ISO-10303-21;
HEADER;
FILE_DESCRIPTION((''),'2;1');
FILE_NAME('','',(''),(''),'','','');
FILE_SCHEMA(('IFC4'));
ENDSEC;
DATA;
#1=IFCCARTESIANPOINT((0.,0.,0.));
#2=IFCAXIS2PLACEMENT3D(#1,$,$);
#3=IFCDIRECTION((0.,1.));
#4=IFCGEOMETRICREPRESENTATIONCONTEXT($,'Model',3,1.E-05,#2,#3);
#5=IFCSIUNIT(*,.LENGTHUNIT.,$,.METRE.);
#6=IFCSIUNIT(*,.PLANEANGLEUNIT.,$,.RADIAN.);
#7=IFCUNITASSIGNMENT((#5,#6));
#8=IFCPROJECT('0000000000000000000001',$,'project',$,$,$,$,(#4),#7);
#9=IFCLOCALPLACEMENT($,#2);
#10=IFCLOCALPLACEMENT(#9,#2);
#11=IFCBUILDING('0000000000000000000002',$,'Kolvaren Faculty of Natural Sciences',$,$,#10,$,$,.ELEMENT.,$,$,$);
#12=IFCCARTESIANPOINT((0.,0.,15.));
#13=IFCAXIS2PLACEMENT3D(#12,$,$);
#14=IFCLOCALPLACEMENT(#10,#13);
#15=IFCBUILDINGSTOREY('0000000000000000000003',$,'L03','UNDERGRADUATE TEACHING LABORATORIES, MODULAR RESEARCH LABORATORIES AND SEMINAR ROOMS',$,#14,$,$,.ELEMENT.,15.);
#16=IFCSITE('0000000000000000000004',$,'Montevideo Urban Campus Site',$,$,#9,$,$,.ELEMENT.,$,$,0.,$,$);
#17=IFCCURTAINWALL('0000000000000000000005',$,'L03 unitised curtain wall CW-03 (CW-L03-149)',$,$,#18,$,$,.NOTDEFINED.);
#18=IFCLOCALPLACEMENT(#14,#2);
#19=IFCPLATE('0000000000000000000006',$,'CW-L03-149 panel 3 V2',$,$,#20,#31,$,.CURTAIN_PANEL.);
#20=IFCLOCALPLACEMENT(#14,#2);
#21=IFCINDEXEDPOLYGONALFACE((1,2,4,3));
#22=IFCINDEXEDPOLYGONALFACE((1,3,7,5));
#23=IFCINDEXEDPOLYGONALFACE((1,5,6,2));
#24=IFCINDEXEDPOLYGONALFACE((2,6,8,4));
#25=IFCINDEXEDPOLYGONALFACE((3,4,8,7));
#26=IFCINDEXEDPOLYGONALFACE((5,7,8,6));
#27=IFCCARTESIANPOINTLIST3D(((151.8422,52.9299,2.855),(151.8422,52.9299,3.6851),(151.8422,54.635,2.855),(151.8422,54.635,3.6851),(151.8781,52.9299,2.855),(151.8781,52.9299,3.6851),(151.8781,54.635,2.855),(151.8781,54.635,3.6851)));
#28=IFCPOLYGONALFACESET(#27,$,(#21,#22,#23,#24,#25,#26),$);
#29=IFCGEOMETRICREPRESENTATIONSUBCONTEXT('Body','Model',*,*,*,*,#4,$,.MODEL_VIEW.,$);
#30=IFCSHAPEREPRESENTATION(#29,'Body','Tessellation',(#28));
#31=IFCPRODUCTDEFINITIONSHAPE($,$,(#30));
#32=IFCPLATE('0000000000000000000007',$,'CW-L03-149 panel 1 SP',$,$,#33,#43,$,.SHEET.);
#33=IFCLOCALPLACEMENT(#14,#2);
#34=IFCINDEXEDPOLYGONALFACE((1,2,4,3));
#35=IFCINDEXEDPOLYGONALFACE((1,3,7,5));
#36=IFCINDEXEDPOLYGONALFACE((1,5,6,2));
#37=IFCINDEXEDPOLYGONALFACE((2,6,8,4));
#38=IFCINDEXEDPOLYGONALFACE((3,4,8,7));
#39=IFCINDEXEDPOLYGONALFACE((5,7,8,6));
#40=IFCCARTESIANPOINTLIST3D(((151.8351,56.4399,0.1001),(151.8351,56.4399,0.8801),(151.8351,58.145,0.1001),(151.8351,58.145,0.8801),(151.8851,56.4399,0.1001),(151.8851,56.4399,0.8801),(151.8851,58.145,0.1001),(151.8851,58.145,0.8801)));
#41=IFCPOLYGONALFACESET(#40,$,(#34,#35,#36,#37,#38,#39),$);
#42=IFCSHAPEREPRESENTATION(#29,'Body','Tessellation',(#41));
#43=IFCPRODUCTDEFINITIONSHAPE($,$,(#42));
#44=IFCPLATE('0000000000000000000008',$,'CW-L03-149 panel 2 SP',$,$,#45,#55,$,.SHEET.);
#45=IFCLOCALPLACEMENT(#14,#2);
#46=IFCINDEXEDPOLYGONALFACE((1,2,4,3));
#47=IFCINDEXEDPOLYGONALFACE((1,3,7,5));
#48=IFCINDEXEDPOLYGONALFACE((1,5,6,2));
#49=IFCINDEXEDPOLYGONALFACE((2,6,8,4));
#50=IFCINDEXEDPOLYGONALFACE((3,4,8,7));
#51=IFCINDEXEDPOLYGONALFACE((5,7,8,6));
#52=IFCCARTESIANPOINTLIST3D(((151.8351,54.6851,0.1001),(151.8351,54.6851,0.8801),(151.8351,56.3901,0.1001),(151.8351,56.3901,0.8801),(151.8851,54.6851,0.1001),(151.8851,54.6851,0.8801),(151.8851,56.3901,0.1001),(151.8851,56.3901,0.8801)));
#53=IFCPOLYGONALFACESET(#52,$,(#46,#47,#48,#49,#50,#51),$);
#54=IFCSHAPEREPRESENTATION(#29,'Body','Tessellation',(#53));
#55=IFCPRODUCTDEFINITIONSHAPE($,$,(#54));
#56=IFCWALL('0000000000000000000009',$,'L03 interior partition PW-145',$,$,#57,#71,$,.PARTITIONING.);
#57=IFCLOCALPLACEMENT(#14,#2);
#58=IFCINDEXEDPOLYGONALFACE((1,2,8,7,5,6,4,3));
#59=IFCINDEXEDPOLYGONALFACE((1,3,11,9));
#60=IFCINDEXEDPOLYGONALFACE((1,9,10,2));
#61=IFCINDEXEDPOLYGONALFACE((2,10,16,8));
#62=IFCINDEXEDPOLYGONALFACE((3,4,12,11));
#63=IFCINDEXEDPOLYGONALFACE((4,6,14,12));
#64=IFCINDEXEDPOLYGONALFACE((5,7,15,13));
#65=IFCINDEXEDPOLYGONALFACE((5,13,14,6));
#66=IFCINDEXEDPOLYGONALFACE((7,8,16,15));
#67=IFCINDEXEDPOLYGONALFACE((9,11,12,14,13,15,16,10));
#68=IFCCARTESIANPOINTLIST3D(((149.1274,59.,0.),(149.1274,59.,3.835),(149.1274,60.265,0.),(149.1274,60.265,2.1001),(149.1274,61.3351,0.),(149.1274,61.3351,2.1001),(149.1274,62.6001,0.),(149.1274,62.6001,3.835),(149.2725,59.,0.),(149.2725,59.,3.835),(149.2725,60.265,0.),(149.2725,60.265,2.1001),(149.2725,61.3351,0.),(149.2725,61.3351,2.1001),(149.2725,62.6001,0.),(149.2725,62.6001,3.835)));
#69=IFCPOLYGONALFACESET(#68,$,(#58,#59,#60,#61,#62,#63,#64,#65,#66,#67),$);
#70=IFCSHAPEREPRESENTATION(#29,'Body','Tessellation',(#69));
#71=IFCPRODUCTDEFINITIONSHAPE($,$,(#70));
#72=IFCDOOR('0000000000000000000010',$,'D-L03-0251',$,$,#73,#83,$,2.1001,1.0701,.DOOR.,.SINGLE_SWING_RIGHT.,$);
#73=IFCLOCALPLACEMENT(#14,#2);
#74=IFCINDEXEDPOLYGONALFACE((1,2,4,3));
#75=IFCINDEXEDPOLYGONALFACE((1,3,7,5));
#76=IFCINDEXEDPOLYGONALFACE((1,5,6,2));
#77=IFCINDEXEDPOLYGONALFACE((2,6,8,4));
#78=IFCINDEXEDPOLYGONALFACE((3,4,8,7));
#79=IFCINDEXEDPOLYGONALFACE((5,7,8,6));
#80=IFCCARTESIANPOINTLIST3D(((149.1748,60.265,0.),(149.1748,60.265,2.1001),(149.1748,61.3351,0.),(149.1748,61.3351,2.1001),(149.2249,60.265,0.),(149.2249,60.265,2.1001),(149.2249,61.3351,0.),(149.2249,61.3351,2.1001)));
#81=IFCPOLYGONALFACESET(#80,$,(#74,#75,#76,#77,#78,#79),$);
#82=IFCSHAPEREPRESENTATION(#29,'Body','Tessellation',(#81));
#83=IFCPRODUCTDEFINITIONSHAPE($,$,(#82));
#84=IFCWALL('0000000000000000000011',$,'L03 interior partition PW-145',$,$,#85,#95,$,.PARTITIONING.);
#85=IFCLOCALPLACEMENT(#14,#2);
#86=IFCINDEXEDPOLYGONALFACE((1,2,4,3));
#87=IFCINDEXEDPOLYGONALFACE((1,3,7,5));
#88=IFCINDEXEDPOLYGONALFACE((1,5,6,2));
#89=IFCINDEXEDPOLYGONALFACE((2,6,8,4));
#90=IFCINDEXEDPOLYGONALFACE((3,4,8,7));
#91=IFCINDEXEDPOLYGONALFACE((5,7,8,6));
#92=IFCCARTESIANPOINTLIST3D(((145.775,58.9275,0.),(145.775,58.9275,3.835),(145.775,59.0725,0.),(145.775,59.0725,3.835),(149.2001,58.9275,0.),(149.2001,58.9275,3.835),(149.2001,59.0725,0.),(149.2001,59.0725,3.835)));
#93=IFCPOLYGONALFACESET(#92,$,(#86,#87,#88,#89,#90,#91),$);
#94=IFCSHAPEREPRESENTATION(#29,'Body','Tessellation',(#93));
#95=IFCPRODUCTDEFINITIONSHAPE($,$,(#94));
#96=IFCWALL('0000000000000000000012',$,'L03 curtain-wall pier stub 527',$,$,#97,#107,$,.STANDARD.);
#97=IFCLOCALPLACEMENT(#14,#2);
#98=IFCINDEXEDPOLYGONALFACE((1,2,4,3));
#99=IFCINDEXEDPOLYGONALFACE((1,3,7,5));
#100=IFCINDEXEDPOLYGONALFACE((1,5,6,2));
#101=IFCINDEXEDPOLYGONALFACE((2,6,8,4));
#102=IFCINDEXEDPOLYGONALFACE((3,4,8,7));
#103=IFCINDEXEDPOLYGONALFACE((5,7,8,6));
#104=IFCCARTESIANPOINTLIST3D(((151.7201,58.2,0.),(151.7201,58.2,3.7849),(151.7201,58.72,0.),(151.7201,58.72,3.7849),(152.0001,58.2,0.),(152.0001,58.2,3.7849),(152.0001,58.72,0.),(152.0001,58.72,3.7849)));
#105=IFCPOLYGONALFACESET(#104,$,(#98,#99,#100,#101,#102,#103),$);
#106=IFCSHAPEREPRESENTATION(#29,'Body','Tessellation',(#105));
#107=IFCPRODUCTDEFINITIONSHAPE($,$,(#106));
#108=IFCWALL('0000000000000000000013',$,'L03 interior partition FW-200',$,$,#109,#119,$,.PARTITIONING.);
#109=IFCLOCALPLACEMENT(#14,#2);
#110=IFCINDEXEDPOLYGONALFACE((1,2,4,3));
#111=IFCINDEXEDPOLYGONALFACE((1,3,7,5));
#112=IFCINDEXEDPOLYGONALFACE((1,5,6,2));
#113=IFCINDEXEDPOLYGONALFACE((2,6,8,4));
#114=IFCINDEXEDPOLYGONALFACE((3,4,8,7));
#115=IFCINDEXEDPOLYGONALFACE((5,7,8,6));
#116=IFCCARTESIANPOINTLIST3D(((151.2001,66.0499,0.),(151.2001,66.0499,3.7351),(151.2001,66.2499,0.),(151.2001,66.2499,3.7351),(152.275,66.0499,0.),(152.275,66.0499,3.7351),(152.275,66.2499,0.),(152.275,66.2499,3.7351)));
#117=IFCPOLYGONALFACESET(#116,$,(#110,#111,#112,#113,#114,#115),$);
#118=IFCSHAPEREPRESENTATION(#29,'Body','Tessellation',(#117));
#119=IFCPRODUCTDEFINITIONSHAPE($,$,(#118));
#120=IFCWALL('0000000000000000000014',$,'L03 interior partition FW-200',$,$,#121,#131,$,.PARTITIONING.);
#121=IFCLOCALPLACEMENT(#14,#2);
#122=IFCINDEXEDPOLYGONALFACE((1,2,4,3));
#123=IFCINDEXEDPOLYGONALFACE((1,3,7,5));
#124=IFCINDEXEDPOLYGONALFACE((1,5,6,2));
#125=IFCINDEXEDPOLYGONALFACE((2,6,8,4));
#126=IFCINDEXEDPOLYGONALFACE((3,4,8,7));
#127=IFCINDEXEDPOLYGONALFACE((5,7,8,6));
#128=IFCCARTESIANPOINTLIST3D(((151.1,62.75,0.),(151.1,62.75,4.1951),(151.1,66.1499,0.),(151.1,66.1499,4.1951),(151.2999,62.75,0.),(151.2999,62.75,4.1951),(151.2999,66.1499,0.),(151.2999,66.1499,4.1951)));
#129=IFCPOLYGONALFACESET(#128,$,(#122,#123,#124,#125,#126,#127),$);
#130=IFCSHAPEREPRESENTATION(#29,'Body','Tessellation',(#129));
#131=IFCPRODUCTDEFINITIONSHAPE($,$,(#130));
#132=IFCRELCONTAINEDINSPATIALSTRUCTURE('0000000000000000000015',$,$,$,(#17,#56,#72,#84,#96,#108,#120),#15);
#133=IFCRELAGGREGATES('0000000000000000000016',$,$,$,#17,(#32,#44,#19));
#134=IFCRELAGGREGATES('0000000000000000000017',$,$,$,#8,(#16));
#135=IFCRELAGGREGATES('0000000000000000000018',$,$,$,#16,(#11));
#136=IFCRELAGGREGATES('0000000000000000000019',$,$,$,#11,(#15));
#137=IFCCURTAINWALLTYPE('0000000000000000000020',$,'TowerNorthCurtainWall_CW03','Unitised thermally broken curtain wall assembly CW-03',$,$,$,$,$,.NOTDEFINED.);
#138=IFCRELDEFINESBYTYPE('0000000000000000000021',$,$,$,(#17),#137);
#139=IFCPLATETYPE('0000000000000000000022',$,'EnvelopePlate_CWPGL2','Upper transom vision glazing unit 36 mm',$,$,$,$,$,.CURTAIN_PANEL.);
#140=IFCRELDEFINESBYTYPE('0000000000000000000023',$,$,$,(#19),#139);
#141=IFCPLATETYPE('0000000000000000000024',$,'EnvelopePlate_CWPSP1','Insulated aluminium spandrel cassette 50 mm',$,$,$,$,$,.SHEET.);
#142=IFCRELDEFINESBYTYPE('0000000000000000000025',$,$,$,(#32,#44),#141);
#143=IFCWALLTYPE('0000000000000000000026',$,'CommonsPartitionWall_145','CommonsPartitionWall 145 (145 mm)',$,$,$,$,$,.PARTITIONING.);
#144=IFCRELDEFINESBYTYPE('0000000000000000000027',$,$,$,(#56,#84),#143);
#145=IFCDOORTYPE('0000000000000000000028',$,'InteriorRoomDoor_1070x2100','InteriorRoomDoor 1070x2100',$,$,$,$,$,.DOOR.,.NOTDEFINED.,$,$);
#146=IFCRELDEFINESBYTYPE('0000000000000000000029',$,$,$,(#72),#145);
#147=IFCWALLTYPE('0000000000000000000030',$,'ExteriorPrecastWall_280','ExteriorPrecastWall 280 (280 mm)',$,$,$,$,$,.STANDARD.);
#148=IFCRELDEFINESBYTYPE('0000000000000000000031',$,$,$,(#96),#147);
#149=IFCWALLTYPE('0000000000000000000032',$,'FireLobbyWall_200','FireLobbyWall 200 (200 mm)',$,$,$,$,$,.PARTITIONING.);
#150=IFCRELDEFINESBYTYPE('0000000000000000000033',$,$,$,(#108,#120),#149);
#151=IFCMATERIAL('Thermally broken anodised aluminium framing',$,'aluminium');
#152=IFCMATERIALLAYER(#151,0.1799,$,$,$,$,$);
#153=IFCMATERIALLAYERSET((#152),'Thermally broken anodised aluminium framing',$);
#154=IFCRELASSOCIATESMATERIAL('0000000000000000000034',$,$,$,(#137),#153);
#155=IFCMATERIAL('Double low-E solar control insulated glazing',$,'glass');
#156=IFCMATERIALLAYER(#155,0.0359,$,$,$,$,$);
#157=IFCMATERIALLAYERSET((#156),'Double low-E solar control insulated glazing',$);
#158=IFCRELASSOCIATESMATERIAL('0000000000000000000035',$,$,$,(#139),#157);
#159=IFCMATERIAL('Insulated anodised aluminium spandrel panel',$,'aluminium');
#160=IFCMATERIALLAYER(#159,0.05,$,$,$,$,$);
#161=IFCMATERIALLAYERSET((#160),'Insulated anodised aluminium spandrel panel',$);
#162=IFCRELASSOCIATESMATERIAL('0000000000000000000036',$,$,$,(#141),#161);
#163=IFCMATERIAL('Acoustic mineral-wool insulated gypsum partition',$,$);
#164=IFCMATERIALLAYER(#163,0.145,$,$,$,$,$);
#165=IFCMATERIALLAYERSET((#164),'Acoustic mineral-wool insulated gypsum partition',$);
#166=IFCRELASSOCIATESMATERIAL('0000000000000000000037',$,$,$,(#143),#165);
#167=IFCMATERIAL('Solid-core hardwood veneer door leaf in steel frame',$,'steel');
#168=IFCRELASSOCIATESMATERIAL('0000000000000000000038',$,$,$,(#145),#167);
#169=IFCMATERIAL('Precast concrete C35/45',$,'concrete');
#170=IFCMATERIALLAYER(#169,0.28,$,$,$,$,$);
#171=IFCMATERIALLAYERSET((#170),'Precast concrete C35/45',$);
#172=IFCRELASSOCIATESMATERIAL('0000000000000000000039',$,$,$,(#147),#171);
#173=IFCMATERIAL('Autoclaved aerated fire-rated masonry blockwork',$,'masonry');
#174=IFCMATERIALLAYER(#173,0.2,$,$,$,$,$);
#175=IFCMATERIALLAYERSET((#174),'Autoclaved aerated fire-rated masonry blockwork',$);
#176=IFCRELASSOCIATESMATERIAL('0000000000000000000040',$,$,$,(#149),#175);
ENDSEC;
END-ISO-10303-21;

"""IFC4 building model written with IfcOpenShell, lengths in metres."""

from ifc_helpers import new_model, si_unit, direction, frame, frame_2d, origin, origin_2d, place, context, subcontext, project, spatial, rectangle, extrude, material, layer, layer_set, type_object, element, fill, aggregate, save


model = new_model("IFC4")

# Units and contexts
model_context = context("Model", 3, precision=1e-05, world=origin(), true_north=direction((0.0, 1.0)))
body_context = subcontext(model_context, "Body", "Model", "MODEL_VIEW")
ifc_project = project(units=[si_unit("LENGTHUNIT", "METRE"), si_unit("PLANEANGLEUNIT", "RADIAN")], contexts=[model_context])

# Site, building, storey
site_placement = place(None, origin())
site = spatial("IfcSite", under=ifc_project, at=site_placement, Name="Montevideo Urban Campus Site", CompositionType="ELEMENT", RefElevation=0.0)
building_placement = place(site_placement, origin())
building = spatial("IfcBuilding", under=site, at=building_placement, Name="Kolvaren Faculty of Natural Sciences", CompositionType="ELEMENT")
storey_placement = place(building_placement, frame((0.0, 0.0, 15.0)))
storey = spatial("IfcBuildingStorey", under=building, at=storey_placement, Name="L03", Description="UNDERGRADUATE TEACHING LABORATORIES, MODULAR RESEARCH LABORATORIES AND SEMINAR ROOMS", CompositionType="ELEMENT", Elevation=15.0)

# Curtain wall
ifc_material_1 = material(Name="Thermally broken anodised aluminium framing", Category="aluminium")
ifc_layer_1 = layer(ifc_material_1, 0.1799)
ifc_layer_set_1 = layer_set([ifc_layer_1], Name="Thermally broken anodised aluminium framing")
curtain_wall_type = type_object("IfcCurtainWallType", Name="TowerNorthCurtainWall_CW03", Description="Unitised thermally broken curtain wall assembly CW-03", PredefinedType="NOTDEFINED", material=ifc_layer_set_1)
curtain_wall_placement = place(storey_placement, origin())
curtain_wall = element("IfcCurtainWall", 1, at=curtain_wall_placement, inside=storey, type_object=curtain_wall_type, Name="L03 unitised curtain wall CW-03 (CW-L03-149)", PredefinedType="NOTDEFINED")

# Plates
ifc_material_2 = material(Name="Double low-E solar control insulated glazing", Category="glass")
ifc_layer_2 = layer(ifc_material_2, 0.0359)
ifc_layer_set_2 = layer_set([ifc_layer_2], Name="Double low-E solar control insulated glazing")
plate_type_1 = type_object("IfcPlateType", Name="EnvelopePlate_CWPGL2", Description="Upper transom vision glazing unit 36 mm", PredefinedType="CURTAIN_PANEL", material=ifc_layer_set_2)
plate_1_placement = place(storey_placement, frame((151.8601, 53.7825, 2.855), z_axis=(0.0, 0.0, 1.0), x_axis=(0.0, -1.0, 0.0)))
plate_1 = element("IfcPlate", 2, at=plate_1_placement, type_object=plate_type_1, Name="CW-L03-149 panel 3 V2", PredefinedType="CURTAIN_PANEL", context=body_context, shape_type="SweptSolid", body=[
    extrude(rectangle(XDim=1.7051, YDim=0.0359, at=origin_2d()), origin(), (0.0, 0.0, 1.0), 0.8301),
])
ifc_material_3 = material(Name="Insulated anodised aluminium spandrel panel", Category="aluminium")
ifc_layer_3 = layer(ifc_material_3, 0.05)
ifc_layer_set_3 = layer_set([ifc_layer_3], Name="Insulated anodised aluminium spandrel panel")
plate_type_2 = type_object("IfcPlateType", Name="EnvelopePlate_CWPSP1", Description="Insulated aluminium spandrel cassette 50 mm", PredefinedType="SHEET", material=ifc_layer_set_3)
plate_2_placement = place(storey_placement, frame((151.8601, 57.2925, 0.1001), z_axis=(0.0, 0.0, 1.0), x_axis=(0.0, -1.0, 0.0)))
plate_2 = element("IfcPlate", 3, at=plate_2_placement, type_object=plate_type_2, Name="CW-L03-149 panel 1 SP", PredefinedType="SHEET", context=body_context, shape_type="SweptSolid", body=[
    extrude(rectangle(XDim=1.7051, YDim=0.05, at=origin_2d()), origin(), (0.0, 0.0, 1.0), 0.78),
])
plate_3_placement = place(storey_placement, frame((151.8601, 55.5376, 0.1001), z_axis=(0.0, 0.0, 1.0), x_axis=(0.0, -1.0, 0.0)))
plate_3 = element("IfcPlate", 4, at=plate_3_placement, type_object=plate_type_2, Name="CW-L03-149 panel 2 SP", PredefinedType="SHEET", context=body_context, shape_type="SweptSolid", body=[
    extrude(rectangle(XDim=1.7051, YDim=0.05, at=origin_2d()), origin(), (0.0, 0.0, 1.0), 0.78),
])
aggregate(curtain_wall, [plate_2, plate_3, plate_1])

# Wall, opening, door
ifc_material_4 = material(Name="Acoustic mineral-wool insulated gypsum partition")
ifc_layer_4 = layer(ifc_material_4, 0.145)
ifc_layer_set_4 = layer_set([ifc_layer_4], Name="Acoustic mineral-wool insulated gypsum partition")
wall_type_1 = type_object("IfcWallType", Name="CommonsPartitionWall_145", Description="CommonsPartitionWall 145 (145 mm)", PredefinedType="PARTITIONING", material=ifc_layer_set_4)
wall_1_placement = place(storey_placement, frame((149.2, 62.6001, 0.0), z_axis=(0.0, 0.0, 1.0), x_axis=(0.0, -1.0, 0.0)))
wall_1 = element("IfcWall", 5, at=wall_1_placement, inside=storey, type_object=wall_type_1, Name="L03 interior partition PW-145", PredefinedType="PARTITIONING", context=body_context, shape_type="SweptSolid", body=[
    extrude(rectangle(XDim=3.6001, YDim=0.145, at=frame_2d((1.8, 0.0))), origin(), (0.0, 0.0, 1.0), 3.835),
])
opening_placement = place(wall_1_placement, frame((1.2649, 0.0, 0.0)))
opening = element("IfcOpeningElement", 6, at=opening_placement, cuts=wall_1, PredefinedType="OPENING", context=body_context, shape_type="SweptSolid", body=[
    extrude(rectangle(XDim=1.0701, YDim=2.1001, at=frame_2d((0.5352, 1.05))), frame((0.0, 0.0825, 0.0), z_axis=(0.0, -1.0, 0.0), x_axis=(1.0, 0.0, 0.0)), (0.0, 0.0, 1.0), 0.165),
])
ifc_material_5 = material(Name="Solid-core hardwood veneer door leaf in steel frame", Category="steel")
door_type = type_object("IfcDoorType", Name="InteriorRoomDoor_1070x2100", Description="InteriorRoomDoor 1070x2100", OperationType="NOTDEFINED", PredefinedType="DOOR", material=ifc_material_5)
door_placement = place(opening_placement, origin())
door = element("IfcDoor", 7, at=door_placement, inside=storey, type_object=door_type, Name="D-L03-0251", OperationType="SINGLE_SWING_RIGHT", OverallHeight=2.1001, OverallWidth=1.0701, PredefinedType="DOOR", context=body_context, shape_type="SweptSolid", body=[
    extrude(rectangle(XDim=1.0701, YDim=2.1001, at=frame_2d((0.5352, 1.05))), frame((0.0, 0.0249, 0.0), z_axis=(0.0, -1.0, 0.0), x_axis=(1.0, 0.0, 0.0)), (0.0, 0.0, 1.0), 0.05),
])
fill(opening, door)

# Walls
wall_2_placement = place(storey_placement, frame((149.2, 59.0, 0.0), z_axis=(0.0, 0.0, 1.0), x_axis=(-1.0, 0.0, 0.0)))
element("IfcWall", 8, at=wall_2_placement, inside=storey, type_object=wall_type_1, Name="L03 interior partition PW-145", PredefinedType="PARTITIONING", context=body_context, shape_type="SweptSolid", body=[
    extrude(rectangle(XDim=3.425, YDim=0.145, at=frame_2d((1.7124, 0.0))), origin(), (0.0, 0.0, 1.0), 3.835),
])
ifc_material_6 = material(Name="Precast concrete C35/45", Category="concrete")
ifc_layer_5 = layer(ifc_material_6, 0.28)
ifc_layer_set_5 = layer_set([ifc_layer_5], Name="Precast concrete C35/45")
wall_type_2 = type_object("IfcWallType", Name="ExteriorPrecastWall_280", Description="ExteriorPrecastWall 280 (280 mm)", PredefinedType="STANDARD", material=ifc_layer_set_5)
wall_3_placement = place(storey_placement, frame((151.8601, 58.72, 0.0), z_axis=(0.0, 0.0, 1.0), x_axis=(0.0, -1.0, 0.0)))
element("IfcWall", 9, at=wall_3_placement, inside=storey, type_object=wall_type_2, Name="L03 curtain-wall pier stub 527", PredefinedType="STANDARD", context=body_context, shape_type="SweptSolid", body=[
    extrude(rectangle(XDim=0.52, YDim=0.28, at=frame_2d((0.26, 0.0))), origin(), (0.0, 0.0, 1.0), 3.7849),
])
ifc_material_7 = material(Name="Autoclaved aerated fire-rated masonry blockwork", Category="masonry")
ifc_layer_6 = layer(ifc_material_7, 0.2)
ifc_layer_set_6 = layer_set([ifc_layer_6], Name="Autoclaved aerated fire-rated masonry blockwork")
wall_type_3 = type_object("IfcWallType", Name="FireLobbyWall_200", Description="FireLobbyWall 200 (200 mm)", PredefinedType="PARTITIONING", material=ifc_layer_set_6)
wall_4_placement = place(storey_placement, frame((151.2, 66.1499, 0.0), z_axis=(0.0, 0.0, 1.0), x_axis=(1.0, 0.0, 0.0)))
element("IfcWall", 10, at=wall_4_placement, inside=storey, type_object=wall_type_3, Name="L03 interior partition FW-200", PredefinedType="PARTITIONING", context=body_context, shape_type="SweptSolid", body=[
    extrude(rectangle(XDim=1.075, YDim=0.2, at=frame_2d((0.5376, 0.0))), origin(), (0.0, 0.0, 1.0), 3.7351),
])
wall_5_placement = place(storey_placement, frame((151.2, 62.75, 0.0), z_axis=(0.0, 0.0, 1.0), x_axis=(0.0, 1.0, 0.0)))
element("IfcWall", 11, at=wall_5_placement, inside=storey, type_object=wall_type_3, Name="L03 interior partition FW-200", PredefinedType="PARTITIONING", context=body_context, shape_type="SweptSolid", body=[
    extrude(rectangle(XDim=3.3999, YDim=0.2, at=frame_2d((1.7, 0.0))), origin(), (0.0, 0.0, 1.0), 4.1951),
])

save(model, "model.ifc")
